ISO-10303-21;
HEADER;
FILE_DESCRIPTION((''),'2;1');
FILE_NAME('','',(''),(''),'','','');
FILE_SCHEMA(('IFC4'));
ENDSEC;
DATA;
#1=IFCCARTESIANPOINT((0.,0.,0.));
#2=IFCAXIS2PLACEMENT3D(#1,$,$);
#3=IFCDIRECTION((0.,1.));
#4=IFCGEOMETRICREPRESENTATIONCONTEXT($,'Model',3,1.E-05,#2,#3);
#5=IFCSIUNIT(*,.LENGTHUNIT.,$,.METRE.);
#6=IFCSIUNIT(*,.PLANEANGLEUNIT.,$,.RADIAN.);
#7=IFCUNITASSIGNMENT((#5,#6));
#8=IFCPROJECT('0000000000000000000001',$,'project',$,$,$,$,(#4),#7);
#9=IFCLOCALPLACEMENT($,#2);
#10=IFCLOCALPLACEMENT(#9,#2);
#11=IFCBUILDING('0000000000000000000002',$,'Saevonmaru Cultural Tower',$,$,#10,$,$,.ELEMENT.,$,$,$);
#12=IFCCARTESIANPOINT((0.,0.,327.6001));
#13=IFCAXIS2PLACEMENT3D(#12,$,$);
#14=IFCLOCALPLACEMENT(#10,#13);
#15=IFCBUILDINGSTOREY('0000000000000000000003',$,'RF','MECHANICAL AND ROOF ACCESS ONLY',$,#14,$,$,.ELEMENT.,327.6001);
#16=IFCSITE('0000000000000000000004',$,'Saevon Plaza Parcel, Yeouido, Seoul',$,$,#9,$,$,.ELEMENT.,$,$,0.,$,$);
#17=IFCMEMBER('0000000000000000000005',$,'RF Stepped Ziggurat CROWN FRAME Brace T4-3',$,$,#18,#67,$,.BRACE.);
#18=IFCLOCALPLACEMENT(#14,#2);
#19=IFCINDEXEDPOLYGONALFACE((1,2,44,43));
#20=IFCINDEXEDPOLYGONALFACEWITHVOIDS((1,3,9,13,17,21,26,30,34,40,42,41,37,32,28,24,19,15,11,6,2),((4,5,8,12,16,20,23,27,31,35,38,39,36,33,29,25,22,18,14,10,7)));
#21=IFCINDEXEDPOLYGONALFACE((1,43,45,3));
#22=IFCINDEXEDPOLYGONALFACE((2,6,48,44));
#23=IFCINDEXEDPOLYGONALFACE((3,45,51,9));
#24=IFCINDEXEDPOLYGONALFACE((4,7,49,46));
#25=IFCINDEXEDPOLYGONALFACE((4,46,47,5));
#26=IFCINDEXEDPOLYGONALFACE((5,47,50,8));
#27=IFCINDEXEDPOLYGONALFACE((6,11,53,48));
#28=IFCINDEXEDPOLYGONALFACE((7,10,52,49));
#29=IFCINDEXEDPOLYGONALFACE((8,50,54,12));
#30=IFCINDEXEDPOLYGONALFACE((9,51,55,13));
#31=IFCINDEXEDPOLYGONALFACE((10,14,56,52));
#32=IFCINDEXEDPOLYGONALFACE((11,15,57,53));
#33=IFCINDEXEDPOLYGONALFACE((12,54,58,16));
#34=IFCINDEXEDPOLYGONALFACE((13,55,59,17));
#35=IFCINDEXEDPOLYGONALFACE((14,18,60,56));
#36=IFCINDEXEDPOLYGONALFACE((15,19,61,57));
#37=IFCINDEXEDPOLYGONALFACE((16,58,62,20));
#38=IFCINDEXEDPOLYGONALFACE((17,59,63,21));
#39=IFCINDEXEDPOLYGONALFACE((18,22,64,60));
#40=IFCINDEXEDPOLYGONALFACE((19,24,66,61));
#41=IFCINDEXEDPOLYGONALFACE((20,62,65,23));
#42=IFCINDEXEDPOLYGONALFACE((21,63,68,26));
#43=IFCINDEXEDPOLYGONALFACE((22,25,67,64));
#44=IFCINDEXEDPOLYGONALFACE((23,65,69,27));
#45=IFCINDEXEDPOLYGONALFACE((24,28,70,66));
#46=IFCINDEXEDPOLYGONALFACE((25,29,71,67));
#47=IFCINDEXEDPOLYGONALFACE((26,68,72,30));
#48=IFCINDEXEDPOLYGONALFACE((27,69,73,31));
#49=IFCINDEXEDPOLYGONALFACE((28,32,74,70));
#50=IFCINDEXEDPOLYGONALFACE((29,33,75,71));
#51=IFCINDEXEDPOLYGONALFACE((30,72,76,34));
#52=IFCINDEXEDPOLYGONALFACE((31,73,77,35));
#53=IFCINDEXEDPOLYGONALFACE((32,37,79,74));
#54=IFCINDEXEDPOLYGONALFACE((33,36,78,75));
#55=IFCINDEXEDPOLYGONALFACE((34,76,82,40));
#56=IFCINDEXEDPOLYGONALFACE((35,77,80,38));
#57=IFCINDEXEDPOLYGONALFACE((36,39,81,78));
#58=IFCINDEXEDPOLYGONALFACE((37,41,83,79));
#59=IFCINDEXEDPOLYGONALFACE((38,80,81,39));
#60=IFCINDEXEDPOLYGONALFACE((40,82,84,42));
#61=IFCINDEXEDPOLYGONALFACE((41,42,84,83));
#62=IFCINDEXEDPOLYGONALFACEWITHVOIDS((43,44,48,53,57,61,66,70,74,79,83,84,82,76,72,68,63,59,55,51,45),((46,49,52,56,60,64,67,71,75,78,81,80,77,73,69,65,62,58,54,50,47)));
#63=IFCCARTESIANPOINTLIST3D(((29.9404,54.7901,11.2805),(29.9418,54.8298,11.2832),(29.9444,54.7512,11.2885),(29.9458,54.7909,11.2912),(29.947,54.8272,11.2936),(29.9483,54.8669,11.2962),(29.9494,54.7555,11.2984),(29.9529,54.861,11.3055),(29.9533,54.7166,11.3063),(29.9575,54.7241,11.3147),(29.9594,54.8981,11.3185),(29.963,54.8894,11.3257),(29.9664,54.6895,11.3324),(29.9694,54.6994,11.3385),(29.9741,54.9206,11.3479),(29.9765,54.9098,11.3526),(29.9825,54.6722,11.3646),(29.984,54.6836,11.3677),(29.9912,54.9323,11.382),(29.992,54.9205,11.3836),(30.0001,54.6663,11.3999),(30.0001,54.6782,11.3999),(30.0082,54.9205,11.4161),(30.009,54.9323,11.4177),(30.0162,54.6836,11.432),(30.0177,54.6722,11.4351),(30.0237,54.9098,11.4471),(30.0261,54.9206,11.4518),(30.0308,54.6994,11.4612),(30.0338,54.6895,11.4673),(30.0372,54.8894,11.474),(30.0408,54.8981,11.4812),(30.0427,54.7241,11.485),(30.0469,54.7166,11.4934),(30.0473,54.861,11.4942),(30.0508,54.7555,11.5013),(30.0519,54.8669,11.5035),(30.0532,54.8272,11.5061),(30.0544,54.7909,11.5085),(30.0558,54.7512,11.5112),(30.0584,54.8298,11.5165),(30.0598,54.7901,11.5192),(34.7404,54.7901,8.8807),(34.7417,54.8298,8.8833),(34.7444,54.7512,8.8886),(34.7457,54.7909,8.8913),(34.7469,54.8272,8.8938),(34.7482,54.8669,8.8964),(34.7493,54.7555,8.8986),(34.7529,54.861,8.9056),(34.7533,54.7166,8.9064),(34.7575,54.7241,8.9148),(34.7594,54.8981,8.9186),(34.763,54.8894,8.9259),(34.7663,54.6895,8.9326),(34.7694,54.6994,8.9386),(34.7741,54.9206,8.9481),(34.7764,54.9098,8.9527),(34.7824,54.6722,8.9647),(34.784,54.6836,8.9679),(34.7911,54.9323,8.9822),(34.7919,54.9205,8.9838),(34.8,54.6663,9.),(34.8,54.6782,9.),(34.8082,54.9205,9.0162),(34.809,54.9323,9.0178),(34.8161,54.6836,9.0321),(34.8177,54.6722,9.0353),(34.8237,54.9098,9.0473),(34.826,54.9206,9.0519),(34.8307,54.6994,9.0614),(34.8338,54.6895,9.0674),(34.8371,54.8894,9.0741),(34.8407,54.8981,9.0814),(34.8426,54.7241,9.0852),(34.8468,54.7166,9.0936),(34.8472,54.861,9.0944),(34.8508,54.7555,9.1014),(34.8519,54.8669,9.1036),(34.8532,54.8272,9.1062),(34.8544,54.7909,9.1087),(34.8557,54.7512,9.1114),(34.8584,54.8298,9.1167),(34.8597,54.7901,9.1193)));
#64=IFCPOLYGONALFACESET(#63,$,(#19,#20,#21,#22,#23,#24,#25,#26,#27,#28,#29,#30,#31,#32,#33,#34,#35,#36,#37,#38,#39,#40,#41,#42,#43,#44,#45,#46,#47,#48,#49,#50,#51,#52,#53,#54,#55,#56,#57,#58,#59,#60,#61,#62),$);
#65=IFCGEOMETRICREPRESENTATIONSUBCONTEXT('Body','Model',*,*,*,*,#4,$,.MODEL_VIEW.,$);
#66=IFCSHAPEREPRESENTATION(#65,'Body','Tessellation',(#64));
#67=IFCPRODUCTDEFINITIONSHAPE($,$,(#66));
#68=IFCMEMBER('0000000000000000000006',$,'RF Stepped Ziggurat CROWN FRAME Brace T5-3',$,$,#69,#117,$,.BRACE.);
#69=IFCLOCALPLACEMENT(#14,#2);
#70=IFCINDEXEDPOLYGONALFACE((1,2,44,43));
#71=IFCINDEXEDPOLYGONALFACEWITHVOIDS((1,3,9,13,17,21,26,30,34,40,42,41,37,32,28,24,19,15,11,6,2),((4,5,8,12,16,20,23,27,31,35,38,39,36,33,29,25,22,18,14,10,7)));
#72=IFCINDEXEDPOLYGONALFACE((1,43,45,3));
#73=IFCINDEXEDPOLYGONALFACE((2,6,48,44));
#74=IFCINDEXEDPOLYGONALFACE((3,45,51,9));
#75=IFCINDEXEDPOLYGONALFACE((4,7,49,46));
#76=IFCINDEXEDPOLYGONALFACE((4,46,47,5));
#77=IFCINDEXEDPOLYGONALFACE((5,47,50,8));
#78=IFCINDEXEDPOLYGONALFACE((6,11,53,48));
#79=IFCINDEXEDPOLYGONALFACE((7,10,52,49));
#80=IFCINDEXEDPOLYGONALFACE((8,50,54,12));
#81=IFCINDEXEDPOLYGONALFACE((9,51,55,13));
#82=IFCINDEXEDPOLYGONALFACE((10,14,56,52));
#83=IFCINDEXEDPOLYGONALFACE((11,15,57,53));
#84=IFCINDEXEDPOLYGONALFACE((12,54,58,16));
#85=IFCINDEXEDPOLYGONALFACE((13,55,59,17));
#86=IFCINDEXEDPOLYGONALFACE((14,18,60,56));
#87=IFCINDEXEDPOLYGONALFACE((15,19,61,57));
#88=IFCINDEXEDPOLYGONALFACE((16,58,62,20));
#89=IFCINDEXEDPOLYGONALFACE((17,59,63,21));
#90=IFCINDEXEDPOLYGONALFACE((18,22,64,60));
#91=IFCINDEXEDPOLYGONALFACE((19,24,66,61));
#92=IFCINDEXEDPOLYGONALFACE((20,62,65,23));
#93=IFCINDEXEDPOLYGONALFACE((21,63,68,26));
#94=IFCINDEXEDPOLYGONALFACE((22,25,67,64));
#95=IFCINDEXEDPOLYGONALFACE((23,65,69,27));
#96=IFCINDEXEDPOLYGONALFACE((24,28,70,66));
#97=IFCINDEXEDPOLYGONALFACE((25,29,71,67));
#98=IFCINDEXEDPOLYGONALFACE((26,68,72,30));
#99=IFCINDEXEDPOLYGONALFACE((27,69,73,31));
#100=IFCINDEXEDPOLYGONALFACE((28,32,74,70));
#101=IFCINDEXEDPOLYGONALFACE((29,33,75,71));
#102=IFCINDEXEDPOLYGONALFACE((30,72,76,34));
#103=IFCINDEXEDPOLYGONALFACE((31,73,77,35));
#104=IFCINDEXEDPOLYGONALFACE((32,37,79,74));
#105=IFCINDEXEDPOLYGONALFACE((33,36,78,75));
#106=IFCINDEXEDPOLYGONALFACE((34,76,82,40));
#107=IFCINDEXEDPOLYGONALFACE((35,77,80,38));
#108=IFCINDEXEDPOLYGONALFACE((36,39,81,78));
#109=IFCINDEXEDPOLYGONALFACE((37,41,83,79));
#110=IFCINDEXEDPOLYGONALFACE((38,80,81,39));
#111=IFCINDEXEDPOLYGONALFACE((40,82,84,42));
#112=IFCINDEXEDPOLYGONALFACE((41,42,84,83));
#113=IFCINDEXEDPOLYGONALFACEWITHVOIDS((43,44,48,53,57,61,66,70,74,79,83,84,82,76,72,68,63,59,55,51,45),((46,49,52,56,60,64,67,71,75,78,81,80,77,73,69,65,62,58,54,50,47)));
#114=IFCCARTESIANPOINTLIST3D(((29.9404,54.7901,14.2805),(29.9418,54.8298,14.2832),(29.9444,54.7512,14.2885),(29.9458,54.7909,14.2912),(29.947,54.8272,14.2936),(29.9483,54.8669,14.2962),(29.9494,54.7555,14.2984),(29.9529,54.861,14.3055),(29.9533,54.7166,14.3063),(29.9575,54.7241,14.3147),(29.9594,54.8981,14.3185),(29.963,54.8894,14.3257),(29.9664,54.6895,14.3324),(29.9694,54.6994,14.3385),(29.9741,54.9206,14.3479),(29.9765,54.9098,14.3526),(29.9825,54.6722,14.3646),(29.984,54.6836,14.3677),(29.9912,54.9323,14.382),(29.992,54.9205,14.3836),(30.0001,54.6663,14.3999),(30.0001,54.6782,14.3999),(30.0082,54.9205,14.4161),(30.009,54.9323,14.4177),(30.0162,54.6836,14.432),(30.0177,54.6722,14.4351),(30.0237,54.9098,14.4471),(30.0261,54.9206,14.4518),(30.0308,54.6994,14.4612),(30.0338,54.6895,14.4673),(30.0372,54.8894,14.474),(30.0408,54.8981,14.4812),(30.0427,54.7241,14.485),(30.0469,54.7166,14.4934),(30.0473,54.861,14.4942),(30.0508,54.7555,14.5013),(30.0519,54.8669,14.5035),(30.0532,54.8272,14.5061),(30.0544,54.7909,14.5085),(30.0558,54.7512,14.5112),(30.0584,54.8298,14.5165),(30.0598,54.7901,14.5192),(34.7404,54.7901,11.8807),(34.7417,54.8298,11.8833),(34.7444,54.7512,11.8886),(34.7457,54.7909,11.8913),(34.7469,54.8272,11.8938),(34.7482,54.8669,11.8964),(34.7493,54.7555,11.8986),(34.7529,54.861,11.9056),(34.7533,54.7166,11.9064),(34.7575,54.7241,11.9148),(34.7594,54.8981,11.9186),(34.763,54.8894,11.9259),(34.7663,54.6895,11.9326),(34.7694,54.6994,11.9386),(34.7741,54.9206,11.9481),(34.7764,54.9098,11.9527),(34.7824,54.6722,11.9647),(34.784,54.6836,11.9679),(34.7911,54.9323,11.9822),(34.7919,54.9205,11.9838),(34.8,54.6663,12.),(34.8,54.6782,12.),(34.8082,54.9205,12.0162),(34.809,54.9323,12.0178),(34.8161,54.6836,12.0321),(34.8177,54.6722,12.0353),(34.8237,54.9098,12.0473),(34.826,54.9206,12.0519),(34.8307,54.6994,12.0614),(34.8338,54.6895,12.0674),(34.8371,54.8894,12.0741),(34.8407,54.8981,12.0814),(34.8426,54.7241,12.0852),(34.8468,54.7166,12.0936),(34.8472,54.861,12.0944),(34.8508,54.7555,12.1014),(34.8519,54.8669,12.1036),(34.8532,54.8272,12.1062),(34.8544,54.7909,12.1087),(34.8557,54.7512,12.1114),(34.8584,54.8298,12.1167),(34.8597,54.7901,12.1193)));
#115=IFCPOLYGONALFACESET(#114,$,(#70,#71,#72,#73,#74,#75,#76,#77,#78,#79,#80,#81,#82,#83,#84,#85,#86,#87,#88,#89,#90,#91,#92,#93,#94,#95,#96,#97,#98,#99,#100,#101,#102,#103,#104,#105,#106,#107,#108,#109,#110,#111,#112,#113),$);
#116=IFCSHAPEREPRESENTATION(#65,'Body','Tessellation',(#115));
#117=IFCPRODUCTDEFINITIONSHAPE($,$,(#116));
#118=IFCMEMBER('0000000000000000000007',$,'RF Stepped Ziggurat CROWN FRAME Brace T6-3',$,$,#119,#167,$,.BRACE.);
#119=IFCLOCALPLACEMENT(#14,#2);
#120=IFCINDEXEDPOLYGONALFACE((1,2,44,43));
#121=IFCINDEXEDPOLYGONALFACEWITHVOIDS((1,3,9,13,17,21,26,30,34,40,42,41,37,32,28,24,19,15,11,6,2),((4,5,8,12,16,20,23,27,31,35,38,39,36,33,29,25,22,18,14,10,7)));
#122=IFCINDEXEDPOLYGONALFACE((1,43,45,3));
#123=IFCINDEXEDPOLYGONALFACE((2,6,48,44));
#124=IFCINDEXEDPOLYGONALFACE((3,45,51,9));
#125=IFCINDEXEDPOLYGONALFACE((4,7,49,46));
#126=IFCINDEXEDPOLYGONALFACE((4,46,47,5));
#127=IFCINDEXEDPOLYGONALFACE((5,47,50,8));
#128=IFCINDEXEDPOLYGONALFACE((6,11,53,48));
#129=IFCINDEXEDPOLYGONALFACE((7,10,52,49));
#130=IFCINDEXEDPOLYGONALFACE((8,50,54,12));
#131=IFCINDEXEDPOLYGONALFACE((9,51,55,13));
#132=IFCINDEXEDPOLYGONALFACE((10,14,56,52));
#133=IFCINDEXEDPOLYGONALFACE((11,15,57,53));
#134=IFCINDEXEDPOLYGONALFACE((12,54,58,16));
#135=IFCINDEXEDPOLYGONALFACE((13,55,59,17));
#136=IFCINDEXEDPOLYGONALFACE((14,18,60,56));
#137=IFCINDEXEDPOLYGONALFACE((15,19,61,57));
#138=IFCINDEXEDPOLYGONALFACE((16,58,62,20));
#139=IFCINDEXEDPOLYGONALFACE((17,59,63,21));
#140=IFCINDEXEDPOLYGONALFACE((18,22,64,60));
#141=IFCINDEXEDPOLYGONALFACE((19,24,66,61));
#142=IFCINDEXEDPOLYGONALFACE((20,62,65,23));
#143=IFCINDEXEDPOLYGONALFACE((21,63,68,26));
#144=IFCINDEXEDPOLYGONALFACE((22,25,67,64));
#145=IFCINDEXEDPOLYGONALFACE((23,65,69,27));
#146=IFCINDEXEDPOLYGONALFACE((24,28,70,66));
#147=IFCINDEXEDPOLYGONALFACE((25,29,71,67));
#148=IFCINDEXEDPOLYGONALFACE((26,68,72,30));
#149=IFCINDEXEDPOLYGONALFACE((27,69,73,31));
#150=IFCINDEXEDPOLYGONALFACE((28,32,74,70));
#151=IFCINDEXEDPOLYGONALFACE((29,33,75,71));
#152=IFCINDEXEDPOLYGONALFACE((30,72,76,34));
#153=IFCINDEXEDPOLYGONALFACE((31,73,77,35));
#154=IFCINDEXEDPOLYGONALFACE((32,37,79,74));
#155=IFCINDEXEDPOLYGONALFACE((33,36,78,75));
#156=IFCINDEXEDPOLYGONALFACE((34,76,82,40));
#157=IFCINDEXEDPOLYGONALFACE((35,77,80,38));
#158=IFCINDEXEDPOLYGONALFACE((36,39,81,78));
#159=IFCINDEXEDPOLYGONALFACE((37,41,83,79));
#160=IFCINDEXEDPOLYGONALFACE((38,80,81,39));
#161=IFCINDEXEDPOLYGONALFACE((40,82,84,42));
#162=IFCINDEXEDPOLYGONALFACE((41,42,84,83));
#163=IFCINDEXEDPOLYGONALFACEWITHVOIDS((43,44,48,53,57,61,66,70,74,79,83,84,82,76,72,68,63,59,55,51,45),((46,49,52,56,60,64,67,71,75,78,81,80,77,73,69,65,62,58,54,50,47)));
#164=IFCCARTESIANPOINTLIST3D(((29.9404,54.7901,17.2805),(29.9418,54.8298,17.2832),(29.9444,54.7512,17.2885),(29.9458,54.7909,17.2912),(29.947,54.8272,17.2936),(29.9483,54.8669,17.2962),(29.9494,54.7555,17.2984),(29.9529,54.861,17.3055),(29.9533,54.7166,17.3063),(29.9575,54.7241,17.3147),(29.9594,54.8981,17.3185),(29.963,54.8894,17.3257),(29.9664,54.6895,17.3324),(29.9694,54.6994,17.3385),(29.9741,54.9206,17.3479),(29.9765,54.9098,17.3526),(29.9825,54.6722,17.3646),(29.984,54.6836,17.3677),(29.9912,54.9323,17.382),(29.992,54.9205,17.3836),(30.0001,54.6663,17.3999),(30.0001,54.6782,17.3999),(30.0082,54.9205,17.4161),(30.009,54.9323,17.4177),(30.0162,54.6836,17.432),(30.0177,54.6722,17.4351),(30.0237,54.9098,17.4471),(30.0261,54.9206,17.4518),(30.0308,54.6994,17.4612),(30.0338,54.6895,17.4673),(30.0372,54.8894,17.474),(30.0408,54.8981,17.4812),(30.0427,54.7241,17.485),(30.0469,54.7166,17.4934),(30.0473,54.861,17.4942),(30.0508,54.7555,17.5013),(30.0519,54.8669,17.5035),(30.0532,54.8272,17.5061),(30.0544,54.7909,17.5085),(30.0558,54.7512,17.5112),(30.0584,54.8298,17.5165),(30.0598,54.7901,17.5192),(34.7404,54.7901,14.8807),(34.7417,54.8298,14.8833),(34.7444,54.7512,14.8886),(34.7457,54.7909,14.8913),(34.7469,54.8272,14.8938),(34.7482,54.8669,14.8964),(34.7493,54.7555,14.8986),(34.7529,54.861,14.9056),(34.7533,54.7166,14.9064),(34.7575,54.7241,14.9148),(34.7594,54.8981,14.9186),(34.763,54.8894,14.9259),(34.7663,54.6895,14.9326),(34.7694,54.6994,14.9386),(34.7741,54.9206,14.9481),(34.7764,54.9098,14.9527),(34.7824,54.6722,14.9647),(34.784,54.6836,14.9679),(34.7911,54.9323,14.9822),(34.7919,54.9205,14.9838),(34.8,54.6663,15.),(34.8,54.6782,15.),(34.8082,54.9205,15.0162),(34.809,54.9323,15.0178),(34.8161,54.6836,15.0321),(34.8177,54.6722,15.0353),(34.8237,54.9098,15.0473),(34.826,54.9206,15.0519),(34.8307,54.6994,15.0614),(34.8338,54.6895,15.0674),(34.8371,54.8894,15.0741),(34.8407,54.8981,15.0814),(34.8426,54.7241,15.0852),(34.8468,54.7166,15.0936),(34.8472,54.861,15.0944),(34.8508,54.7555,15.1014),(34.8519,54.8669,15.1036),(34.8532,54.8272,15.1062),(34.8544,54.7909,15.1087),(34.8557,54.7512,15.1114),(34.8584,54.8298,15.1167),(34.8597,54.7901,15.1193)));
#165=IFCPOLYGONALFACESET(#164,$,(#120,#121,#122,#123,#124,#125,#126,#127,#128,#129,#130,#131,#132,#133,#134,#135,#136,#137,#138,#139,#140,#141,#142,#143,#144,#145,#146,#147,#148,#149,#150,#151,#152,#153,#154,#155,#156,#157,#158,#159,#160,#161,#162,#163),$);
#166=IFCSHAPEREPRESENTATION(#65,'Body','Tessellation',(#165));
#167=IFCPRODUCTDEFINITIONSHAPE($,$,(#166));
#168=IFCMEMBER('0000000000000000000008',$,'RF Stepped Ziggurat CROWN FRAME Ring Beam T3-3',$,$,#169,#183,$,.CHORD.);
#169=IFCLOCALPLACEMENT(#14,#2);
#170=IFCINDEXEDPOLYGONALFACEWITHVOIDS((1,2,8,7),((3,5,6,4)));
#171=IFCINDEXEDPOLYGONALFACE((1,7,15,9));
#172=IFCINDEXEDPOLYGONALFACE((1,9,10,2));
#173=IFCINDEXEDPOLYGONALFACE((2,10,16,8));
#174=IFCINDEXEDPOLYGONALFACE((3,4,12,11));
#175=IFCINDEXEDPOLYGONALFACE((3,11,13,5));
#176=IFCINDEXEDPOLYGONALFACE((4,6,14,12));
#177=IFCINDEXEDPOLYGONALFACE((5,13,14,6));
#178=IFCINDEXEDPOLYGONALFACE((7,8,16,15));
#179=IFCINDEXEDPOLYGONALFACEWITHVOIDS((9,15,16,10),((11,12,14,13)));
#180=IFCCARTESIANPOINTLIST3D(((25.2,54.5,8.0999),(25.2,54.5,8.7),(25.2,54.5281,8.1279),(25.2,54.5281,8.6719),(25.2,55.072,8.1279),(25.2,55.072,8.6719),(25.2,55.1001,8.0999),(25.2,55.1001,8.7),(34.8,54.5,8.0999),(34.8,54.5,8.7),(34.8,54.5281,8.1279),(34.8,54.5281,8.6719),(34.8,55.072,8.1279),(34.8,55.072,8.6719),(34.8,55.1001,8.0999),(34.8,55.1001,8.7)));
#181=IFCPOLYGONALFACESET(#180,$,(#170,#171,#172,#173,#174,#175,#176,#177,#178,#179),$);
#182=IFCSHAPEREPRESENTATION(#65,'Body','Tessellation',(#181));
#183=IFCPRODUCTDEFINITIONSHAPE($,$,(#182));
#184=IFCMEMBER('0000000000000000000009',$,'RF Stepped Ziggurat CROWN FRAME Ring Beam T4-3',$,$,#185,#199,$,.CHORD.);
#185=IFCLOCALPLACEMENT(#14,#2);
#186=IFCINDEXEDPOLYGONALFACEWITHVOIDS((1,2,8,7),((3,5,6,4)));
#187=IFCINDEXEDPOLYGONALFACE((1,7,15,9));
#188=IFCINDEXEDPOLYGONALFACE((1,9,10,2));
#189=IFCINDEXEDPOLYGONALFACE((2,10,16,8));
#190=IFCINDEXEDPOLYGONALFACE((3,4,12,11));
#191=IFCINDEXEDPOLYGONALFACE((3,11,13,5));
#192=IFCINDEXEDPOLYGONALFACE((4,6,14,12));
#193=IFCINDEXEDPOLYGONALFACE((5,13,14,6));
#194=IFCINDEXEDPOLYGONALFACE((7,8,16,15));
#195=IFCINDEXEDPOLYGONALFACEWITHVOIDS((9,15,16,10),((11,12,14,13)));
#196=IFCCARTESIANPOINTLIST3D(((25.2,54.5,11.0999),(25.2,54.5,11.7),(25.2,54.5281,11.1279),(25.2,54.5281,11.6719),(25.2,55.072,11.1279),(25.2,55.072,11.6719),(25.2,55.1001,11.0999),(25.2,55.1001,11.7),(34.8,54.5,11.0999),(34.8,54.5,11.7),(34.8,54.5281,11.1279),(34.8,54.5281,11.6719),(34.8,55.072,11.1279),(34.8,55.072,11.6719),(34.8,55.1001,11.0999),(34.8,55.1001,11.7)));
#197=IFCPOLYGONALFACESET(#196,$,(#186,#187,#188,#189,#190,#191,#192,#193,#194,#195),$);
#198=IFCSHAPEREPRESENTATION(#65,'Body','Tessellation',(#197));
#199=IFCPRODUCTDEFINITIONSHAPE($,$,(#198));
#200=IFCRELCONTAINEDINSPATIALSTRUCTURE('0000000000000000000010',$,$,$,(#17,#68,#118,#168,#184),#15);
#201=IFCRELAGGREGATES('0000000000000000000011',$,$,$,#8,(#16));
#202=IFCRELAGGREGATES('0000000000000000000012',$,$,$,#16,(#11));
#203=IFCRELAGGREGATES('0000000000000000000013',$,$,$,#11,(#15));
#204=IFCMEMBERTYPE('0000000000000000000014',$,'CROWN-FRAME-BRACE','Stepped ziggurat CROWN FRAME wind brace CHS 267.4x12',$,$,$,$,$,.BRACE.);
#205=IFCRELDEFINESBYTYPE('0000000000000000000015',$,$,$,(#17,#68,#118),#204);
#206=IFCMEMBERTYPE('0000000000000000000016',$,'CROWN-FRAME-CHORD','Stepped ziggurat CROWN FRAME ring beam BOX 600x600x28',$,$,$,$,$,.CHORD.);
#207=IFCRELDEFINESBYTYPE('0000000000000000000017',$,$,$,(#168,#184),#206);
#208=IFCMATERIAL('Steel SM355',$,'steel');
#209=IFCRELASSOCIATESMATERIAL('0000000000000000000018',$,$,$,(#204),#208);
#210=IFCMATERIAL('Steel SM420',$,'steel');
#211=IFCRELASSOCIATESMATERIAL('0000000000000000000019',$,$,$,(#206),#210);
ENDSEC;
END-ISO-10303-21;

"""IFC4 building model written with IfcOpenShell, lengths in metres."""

from ifc_helpers import new_model, si_unit, direction, frame, origin, origin_2d, place, context, subcontext, project, spatial, hollow_rectangle, hollow_circle, extrude, material, material_profile, profile_set, type_object, element, save


model = new_model("IFC4")

# Units and contexts
model_context = context("Model", 3, precision=1e-05, world=origin(), true_north=direction((0.0, 1.0)))
body_context = subcontext(model_context, "Body", "Model", "MODEL_VIEW")
ifc_project = project(units=[si_unit("LENGTHUNIT", "METRE"), si_unit("PLANEANGLEUNIT", "RADIAN")], contexts=[model_context])

# Site, building, storey
site_placement = place(None, origin())
site = spatial("IfcSite", under=ifc_project, at=site_placement, Name="Saevon Plaza Parcel, Yeouido, Seoul", CompositionType="ELEMENT", RefElevation=0.0)
building_placement = place(site_placement, origin())
building = spatial("IfcBuilding", under=site, at=building_placement, Name="Saevonmaru Cultural Tower", CompositionType="ELEMENT")
storey_placement = place(building_placement, frame((0.0, 0.0, 327.6001)))
storey = spatial("IfcBuildingStorey", under=building, at=storey_placement, Name="RF", Description="MECHANICAL AND ROOF ACCESS ONLY", CompositionType="ELEMENT", Elevation=327.6001)

# Members
ifc_material_1 = material(Name="Steel SM355", Category="steel")
ifc_material_profile_1 = material_profile(ifc_material_1, hollow_circle(Radius=0.1338, WallThickness=0.012, at=origin_2d()), Name="CHS-267.4x12")
ifc_profile_set_1 = profile_set([ifc_material_profile_1], Name="Steel SM355")
member_type_1 = type_object("IfcMemberType", Name="CROWN-FRAME-BRACE", Description="Stepped ziggurat CROWN FRAME wind brace CHS 267.4x12", PredefinedType="BRACE", material=ifc_profile_set_1)
for number, where, z_axis, x_axis, name in (
    (1, (34.8, 54.8, 9.0), (-0.894436, 0.0, 0.447195), (0.0, -1.0, 0.0), "RF Stepped Ziggurat CROWN FRAME Brace T4-3"),
    (2, (34.8, 54.8, 12.0), (-0.894436, 0.0, 0.447195), (0.0, -1.0, 0.0), "RF Stepped Ziggurat CROWN FRAME Brace T5-3"),
    (3, (34.8, 54.8, 15.0), (-0.894436, 0.0, 0.447195), (0.0, -1.0, 0.0), "RF Stepped Ziggurat CROWN FRAME Brace T6-3"),
):
    element("IfcMember", number, at=place(storey_placement, frame(where, z_axis=z_axis, x_axis=x_axis)), inside=storey, type_object=member_type_1, Name=name, PredefinedType="BRACE", context=body_context, shape_type="SweptSolid", body=[
        extrude(hollow_circle(Radius=0.1338, WallThickness=0.012, at=origin_2d()), origin(), (0.0, 0.0, 1.0), 5.3665),
    ])
ifc_material_2 = material(Name="Steel SM420", Category="steel")
ifc_material_profile_2 = material_profile(ifc_material_2, hollow_rectangle(XDim=0.6001, YDim=0.6001, WallThickness=0.0281, at=origin_2d()), Name="BOX-600x600x28")
ifc_profile_set_2 = profile_set([ifc_material_profile_2], Name="Steel SM420")
member_type_2 = type_object("IfcMemberType", Name="CROWN-FRAME-CHORD", Description="Stepped ziggurat CROWN FRAME ring beam BOX 600x600x28", PredefinedType="CHORD", material=ifc_profile_set_2)
for number, where, z_axis, x_axis, name in (
    (4, (34.8, 54.8, 8.3999), (-1.0, 0.0, 0.0), (0.0, -1.0, 0.0), "RF Stepped Ziggurat CROWN FRAME Ring Beam T3-3"),
    (5, (34.8, 54.8, 11.3999), (-1.0, 0.0, 0.0), (0.0, -1.0, 0.0), "RF Stepped Ziggurat CROWN FRAME Ring Beam T4-3"),
):
    element("IfcMember", number, at=place(storey_placement, frame(where, z_axis=z_axis, x_axis=x_axis)), inside=storey, type_object=member_type_2, Name=name, PredefinedType="CHORD", context=body_context, shape_type="SweptSolid", body=[
        extrude(hollow_rectangle(XDim=0.6001, YDim=0.6001, WallThickness=0.0281, at=origin_2d()), origin(), (0.0, 0.0, 1.0), 9.6001),
    ])

save(model, "model.ifc")
